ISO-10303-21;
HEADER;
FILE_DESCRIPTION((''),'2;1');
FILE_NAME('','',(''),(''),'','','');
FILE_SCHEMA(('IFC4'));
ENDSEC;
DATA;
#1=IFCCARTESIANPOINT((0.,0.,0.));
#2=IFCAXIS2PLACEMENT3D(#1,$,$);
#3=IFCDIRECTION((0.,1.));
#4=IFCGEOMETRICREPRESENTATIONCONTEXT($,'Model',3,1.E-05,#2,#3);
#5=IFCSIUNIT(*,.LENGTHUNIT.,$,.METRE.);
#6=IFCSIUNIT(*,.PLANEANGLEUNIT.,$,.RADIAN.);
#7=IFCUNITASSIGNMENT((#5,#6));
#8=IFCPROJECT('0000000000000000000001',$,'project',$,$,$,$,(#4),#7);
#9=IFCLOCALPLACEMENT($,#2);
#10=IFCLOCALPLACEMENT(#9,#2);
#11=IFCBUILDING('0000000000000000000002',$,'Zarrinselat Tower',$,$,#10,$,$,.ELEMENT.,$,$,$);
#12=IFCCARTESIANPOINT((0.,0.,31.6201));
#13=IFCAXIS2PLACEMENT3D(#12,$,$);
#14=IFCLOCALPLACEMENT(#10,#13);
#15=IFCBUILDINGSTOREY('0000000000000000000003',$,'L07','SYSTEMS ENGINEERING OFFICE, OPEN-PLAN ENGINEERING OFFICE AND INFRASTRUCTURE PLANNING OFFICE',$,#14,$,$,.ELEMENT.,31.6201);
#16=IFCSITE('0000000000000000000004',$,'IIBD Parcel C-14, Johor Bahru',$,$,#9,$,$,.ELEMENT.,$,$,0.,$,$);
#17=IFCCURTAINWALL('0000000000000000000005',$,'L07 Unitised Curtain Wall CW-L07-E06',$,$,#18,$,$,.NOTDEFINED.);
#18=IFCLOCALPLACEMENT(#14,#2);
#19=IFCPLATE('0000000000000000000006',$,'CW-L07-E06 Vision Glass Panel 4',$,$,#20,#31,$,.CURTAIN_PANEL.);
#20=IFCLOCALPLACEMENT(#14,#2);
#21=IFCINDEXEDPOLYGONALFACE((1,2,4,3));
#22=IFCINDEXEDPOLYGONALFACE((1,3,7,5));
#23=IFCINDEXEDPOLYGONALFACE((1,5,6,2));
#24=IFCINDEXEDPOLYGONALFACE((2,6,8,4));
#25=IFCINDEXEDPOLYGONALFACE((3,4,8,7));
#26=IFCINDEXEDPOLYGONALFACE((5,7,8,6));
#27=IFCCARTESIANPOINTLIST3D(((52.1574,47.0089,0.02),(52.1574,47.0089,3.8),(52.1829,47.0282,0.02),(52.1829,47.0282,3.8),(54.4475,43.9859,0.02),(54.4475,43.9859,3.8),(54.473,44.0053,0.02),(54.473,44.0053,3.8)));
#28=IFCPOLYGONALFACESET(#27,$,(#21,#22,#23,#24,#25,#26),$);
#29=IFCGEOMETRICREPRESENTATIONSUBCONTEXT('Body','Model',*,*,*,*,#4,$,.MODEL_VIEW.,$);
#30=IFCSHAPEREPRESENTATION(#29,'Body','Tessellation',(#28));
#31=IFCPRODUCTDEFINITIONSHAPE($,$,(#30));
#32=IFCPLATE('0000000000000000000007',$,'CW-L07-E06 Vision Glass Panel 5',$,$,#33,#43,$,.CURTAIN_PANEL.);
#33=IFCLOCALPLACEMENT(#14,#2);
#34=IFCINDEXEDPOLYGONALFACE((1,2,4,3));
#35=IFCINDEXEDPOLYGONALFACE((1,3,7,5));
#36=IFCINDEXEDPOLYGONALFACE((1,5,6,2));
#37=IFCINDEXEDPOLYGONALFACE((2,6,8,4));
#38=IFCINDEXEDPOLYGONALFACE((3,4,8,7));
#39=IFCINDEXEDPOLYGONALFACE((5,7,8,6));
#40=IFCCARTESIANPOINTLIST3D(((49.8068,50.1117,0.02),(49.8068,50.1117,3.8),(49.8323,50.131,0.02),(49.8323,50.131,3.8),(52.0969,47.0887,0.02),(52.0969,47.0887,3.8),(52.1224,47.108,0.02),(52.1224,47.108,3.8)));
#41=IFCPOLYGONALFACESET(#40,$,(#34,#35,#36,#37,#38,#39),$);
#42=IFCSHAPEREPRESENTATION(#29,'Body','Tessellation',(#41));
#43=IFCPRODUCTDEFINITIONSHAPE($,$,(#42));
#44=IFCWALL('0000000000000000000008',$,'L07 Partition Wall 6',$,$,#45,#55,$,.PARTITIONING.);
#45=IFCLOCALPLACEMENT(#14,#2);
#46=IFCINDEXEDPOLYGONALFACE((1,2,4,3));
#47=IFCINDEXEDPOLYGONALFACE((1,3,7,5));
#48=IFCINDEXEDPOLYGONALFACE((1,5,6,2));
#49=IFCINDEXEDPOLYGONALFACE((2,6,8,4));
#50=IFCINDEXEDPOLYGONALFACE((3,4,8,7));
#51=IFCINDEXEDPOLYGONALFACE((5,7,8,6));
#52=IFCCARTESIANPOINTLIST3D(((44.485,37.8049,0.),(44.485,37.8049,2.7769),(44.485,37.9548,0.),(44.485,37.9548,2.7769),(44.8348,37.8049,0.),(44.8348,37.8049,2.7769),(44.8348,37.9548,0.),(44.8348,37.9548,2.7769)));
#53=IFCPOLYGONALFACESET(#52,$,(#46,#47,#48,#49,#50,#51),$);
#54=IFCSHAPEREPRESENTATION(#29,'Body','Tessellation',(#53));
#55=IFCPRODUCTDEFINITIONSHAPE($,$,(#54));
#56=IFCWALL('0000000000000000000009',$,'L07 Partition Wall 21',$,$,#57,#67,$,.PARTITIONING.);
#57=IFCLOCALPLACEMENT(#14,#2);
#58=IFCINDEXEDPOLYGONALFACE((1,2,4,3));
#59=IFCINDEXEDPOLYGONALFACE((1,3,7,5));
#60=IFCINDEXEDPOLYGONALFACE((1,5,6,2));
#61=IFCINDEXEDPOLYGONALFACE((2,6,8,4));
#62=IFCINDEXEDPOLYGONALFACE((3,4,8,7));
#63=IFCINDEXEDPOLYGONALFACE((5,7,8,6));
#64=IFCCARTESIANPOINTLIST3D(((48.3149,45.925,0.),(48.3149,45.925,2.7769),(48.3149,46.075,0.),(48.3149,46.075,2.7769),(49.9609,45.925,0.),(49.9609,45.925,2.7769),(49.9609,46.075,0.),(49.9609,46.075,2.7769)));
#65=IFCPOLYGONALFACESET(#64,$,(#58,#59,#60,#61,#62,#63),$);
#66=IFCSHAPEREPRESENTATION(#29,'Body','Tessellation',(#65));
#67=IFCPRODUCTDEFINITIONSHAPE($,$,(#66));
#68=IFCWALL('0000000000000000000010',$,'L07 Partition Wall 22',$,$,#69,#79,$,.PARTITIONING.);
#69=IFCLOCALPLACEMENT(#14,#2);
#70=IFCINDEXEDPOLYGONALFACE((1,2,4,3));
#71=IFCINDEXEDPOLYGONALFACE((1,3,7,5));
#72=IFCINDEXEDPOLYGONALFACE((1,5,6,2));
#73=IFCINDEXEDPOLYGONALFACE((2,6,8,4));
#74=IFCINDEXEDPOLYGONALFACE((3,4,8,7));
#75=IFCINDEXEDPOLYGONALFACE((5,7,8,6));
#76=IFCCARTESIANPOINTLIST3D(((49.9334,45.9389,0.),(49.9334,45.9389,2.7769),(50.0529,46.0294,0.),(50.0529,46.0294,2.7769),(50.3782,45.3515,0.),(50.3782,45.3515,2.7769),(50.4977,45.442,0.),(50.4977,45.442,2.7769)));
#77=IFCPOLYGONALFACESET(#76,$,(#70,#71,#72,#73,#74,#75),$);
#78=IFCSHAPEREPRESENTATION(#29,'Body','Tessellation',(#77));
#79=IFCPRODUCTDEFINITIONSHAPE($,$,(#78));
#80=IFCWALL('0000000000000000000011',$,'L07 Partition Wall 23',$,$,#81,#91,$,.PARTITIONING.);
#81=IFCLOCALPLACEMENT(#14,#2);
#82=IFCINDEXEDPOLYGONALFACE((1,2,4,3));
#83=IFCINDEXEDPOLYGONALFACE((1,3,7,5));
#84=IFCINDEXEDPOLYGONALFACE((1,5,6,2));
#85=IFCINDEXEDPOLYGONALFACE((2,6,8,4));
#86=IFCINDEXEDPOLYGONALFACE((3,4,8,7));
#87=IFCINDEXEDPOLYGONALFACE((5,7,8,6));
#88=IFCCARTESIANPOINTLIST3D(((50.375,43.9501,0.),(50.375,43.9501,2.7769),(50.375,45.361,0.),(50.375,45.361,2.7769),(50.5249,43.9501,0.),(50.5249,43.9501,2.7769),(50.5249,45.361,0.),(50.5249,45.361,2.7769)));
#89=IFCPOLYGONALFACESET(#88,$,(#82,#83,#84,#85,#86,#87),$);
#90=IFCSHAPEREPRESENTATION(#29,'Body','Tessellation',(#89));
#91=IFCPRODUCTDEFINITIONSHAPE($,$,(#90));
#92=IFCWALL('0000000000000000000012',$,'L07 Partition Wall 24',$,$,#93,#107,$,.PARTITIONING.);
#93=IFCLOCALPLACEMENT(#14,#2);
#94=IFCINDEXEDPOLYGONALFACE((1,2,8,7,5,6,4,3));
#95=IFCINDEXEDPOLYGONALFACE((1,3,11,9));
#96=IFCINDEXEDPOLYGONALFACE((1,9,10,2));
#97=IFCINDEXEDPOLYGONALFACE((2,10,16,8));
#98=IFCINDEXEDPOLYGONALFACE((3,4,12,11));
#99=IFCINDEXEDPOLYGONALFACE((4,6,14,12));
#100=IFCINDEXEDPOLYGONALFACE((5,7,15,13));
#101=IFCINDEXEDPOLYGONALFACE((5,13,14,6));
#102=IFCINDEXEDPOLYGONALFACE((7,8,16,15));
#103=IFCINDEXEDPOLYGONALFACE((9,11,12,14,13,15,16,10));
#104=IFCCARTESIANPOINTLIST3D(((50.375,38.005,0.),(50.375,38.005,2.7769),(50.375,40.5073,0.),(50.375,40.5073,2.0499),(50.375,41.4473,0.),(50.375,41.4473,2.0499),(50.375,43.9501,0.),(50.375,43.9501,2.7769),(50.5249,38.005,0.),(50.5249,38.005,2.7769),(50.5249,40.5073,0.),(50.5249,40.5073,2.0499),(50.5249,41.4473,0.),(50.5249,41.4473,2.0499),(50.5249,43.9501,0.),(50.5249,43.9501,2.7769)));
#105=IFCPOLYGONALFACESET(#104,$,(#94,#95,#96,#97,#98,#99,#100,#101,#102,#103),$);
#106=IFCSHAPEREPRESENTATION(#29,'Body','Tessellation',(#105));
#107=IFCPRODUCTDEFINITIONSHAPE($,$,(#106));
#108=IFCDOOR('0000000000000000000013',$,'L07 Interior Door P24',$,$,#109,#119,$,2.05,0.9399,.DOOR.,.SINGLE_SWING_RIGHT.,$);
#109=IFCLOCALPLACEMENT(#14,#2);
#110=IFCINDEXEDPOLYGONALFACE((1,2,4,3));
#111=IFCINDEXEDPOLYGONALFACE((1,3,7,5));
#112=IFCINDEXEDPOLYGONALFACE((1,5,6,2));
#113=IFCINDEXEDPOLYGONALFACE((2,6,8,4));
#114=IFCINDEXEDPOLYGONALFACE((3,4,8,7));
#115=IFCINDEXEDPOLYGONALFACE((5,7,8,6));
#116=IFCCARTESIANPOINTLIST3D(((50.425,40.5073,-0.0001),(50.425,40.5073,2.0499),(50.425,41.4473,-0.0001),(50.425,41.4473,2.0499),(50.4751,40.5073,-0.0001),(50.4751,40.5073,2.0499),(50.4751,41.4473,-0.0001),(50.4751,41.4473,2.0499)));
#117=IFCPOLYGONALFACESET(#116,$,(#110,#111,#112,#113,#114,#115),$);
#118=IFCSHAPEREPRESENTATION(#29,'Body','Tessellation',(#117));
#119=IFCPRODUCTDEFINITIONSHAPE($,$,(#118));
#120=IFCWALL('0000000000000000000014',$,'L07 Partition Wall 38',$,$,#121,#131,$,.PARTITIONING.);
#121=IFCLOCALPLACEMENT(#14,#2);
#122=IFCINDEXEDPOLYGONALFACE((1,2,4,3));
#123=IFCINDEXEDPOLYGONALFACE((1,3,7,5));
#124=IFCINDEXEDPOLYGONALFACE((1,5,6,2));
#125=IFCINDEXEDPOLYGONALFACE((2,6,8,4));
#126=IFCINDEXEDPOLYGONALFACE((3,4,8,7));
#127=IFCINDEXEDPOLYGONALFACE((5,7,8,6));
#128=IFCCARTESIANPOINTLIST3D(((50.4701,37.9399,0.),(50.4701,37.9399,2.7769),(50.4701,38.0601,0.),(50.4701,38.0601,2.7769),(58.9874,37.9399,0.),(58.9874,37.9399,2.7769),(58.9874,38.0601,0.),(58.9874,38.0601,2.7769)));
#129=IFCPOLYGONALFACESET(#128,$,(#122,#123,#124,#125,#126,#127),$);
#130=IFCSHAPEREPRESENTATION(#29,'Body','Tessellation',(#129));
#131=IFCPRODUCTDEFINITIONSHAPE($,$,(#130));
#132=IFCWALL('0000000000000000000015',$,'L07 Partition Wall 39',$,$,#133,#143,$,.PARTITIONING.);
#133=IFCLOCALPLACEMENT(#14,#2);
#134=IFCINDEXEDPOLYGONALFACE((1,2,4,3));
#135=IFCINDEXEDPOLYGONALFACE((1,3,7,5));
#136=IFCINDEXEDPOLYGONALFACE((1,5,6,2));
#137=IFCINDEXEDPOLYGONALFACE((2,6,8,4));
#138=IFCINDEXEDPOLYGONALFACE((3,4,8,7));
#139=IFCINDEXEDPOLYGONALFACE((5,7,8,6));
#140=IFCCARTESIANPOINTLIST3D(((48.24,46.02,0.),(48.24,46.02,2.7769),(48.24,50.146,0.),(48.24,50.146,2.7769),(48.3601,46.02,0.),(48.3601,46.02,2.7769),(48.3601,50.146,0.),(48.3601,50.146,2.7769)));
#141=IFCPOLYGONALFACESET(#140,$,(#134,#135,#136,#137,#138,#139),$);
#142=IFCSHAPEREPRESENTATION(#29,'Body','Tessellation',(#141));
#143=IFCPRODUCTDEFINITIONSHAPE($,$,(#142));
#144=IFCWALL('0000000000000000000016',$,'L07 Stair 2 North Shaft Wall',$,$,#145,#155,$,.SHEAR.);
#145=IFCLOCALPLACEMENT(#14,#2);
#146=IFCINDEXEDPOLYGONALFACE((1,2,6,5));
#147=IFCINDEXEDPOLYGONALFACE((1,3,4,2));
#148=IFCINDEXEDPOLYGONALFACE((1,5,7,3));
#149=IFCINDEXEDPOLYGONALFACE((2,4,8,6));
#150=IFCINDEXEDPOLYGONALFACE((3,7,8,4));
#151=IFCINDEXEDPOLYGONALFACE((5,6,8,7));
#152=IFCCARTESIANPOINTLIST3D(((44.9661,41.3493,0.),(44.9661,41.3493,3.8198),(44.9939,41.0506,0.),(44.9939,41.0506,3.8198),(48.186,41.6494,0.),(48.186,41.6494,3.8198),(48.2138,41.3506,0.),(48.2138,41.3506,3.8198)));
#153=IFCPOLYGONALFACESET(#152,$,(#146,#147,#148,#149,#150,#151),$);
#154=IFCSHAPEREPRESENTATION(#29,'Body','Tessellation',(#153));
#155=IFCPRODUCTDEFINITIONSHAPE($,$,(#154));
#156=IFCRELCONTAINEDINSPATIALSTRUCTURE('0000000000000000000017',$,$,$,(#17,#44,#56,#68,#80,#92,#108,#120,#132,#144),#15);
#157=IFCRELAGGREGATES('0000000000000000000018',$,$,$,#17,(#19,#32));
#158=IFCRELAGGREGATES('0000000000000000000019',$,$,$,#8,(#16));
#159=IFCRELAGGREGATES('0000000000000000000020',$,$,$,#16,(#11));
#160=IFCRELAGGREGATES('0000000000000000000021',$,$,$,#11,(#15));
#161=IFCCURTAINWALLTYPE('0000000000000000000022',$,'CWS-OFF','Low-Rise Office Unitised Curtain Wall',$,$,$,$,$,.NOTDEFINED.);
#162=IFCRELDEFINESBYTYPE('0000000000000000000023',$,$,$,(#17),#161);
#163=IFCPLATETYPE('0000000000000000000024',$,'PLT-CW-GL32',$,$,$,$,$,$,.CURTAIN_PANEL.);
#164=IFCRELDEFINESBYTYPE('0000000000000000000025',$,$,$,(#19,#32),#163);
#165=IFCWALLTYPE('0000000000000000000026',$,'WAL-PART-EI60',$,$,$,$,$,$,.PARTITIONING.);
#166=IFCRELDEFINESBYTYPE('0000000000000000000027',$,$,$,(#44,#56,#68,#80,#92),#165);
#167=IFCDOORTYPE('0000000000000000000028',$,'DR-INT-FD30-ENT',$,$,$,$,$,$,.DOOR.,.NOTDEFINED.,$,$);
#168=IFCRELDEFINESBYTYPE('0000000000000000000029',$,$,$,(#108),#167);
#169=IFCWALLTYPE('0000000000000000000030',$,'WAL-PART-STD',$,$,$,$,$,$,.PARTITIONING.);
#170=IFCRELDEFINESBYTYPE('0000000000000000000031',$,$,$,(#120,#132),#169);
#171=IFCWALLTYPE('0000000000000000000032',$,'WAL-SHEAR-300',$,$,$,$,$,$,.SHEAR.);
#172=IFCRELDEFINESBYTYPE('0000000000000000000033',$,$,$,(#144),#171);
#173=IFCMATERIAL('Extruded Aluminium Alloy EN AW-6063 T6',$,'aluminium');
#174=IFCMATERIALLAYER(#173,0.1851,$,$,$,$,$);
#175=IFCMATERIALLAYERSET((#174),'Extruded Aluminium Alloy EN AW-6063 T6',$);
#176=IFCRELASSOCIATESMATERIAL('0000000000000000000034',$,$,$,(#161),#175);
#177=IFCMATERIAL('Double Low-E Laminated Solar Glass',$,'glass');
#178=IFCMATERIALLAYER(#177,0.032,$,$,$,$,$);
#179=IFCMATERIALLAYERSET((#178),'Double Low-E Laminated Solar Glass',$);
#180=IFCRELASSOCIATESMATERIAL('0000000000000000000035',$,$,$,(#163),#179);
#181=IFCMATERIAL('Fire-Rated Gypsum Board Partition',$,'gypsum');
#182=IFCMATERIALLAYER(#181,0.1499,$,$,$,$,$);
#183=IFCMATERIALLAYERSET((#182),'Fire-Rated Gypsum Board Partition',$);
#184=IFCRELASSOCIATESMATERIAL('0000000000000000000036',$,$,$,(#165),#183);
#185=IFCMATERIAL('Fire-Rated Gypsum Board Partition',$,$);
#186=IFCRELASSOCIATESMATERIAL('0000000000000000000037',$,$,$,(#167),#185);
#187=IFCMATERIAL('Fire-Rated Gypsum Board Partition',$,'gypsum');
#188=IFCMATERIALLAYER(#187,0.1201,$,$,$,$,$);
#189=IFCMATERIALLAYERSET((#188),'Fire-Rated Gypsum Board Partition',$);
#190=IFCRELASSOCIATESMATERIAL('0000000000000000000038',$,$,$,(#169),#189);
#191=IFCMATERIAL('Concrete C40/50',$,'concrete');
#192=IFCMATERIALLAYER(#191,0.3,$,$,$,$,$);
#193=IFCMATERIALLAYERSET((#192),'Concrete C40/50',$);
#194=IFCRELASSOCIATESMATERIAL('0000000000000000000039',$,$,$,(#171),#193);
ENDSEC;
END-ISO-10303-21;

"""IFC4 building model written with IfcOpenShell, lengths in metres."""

from ifc_helpers import new_model, si_unit, direction, frame, frame_2d, origin, origin_2d, place, context, subcontext, project, spatial, rectangle, extrude, material, layer, layer_set, type_object, element, fill, aggregate, save


model = new_model("IFC4")

# Units and contexts
model_context = context("Model", 3, precision=1e-05, world=origin(), true_north=direction((0.0, 1.0)))
body_context = subcontext(model_context, "Body", "Model", "MODEL_VIEW")
ifc_project = project(units=[si_unit("LENGTHUNIT", "METRE"), si_unit("PLANEANGLEUNIT", "RADIAN")], contexts=[model_context])

# Site, building, storey
site_placement = place(None, origin())
site = spatial("IfcSite", under=ifc_project, at=site_placement, Name="IIBD Parcel C-14, Johor Bahru", CompositionType="ELEMENT", RefElevation=0.0)
building_placement = place(site_placement, origin())
building = spatial("IfcBuilding", under=site, at=building_placement, Name="Zarrinselat Tower", CompositionType="ELEMENT")
storey_placement = place(building_placement, frame((0.0, 0.0, 31.6201)))
storey = spatial("IfcBuildingStorey", under=building, at=storey_placement, Name="L07", Description="SYSTEMS ENGINEERING OFFICE, OPEN-PLAN ENGINEERING OFFICE AND INFRASTRUCTURE PLANNING OFFICE", CompositionType="ELEMENT", Elevation=31.6201)

# Curtain wall
ifc_material_1 = material(Name="Extruded Aluminium Alloy EN AW-6063 T6", Category="aluminium")
ifc_layer_1 = layer(ifc_material_1, 0.1851)
ifc_layer_set_1 = layer_set([ifc_layer_1], Name="Extruded Aluminium Alloy EN AW-6063 T6")
curtain_wall_type = type_object("IfcCurtainWallType", Name="CWS-OFF", Description="Low-Rise Office Unitised Curtain Wall", PredefinedType="NOTDEFINED", material=ifc_layer_set_1)
curtain_wall_1_placement = place(storey_placement, origin())
curtain_wall_1 = element("IfcCurtainWall", 1, at=curtain_wall_1_placement, inside=storey, type_object=curtain_wall_type, Name="L07 Unitised Curtain Wall CW-L07-E06", PredefinedType="NOTDEFINED")

# Plates
ifc_material_2 = material(Name="Double Low-E Laminated Solar Glass", Category="glass")
ifc_layer_2 = layer(ifc_material_2, 0.032)
ifc_layer_set_2 = layer_set([ifc_layer_2], Name="Double Low-E Laminated Solar Glass")
plate_type = type_object("IfcPlateType", Name="PLT-CW-GL32", PredefinedType="CURTAIN_PANEL", material=ifc_layer_set_2)
plate_1_placement = place(storey_placement, frame((53.3152, 45.5071, 0.02), z_axis=(0.0, 0.0, 1.0), x_axis=(-0.603859, 0.797091, 0.0)))
plate_1 = element("IfcPlate", 2, at=plate_1_placement, type_object=plate_type, Name="CW-L07-E06 Vision Glass Panel 4", PredefinedType="CURTAIN_PANEL", context=body_context, shape_type="SweptSolid", body=[
    extrude(rectangle(XDim=3.7925, YDim=0.032, at=origin_2d()), origin(), (0.0, 0.0, 1.0), 3.78),
])
plate_2_placement = place(storey_placement, frame((50.9646, 48.6099, 0.02), z_axis=(0.0, 0.0, 1.0), x_axis=(-0.603859, 0.797091, 0.0)))
plate_2 = element("IfcPlate", 3, at=plate_2_placement, type_object=plate_type, Name="CW-L07-E06 Vision Glass Panel 5", PredefinedType="CURTAIN_PANEL", context=body_context, shape_type="SweptSolid", body=[
    extrude(rectangle(XDim=3.7925, YDim=0.032, at=origin_2d()), origin(), (0.0, 0.0, 1.0), 3.78),
])
aggregate(curtain_wall_1, [plate_1, plate_2])

# Walls
ifc_material_3 = material(Name="Fire-Rated Gypsum Board Partition", Category="gypsum")
ifc_layer_3 = layer(ifc_material_3, 0.1499)
ifc_layer_set_3 = layer_set([ifc_layer_3], Name="Fire-Rated Gypsum Board Partition")
wall_type_1 = type_object("IfcWallType", Name="WAL-PART-EI60", PredefinedType="PARTITIONING", material=ifc_layer_set_3)
wall_1_placement = place(storey_placement, frame((44.4851, 37.8799, 0.0), z_axis=(0.0, 0.0, 1.0), x_axis=(1.0, 0.0, 0.0)))
element("IfcWall", 4, at=wall_1_placement, inside=storey, type_object=wall_type_1, Name="L07 Partition Wall 6", PredefinedType="PARTITIONING", context=body_context, shape_type="SweptSolid", body=[
    extrude(rectangle(XDim=0.3499, YDim=0.1499, at=frame_2d((0.1748, 0.0))), origin(), (0.0, 0.0, 1.0), 2.7769),
])
wall_2_placement = place(storey_placement, frame((48.3149, 46.0, 0.0), z_axis=(0.0, 0.0, 1.0), x_axis=(1.0, 0.0, 0.0)))
element("IfcWall", 5, at=wall_2_placement, inside=storey, type_object=wall_type_1, Name="L07 Partition Wall 21", PredefinedType="PARTITIONING", context=body_context, shape_type="SweptSolid", body=[
    extrude(rectangle(XDim=1.646, YDim=0.1499, at=frame_2d((0.823, 0.0))), origin(), (0.0, 0.0, 1.0), 2.7769),
])
wall_3_placement = place(storey_placement, frame((49.9932, 45.9841, 0.0), z_axis=(0.0, 0.0, 1.0), x_axis=(0.603705, -0.797208, 0.0)))
element("IfcWall", 6, at=wall_3_placement, inside=storey, type_object=wall_type_1, Name="L07 Partition Wall 22", PredefinedType="PARTITIONING", context=body_context, shape_type="SweptSolid", body=[
    extrude(rectangle(XDim=0.7368, YDim=0.1499, at=frame_2d((0.3684, 0.0))), origin(), (0.0, 0.0, 1.0), 2.7769),
])
wall_4_placement = place(storey_placement, frame((50.45, 43.95, 0.0), z_axis=(0.0, 0.0, 1.0), x_axis=(0.0, 1.0, 0.0)))
element("IfcWall", 7, at=wall_4_placement, inside=storey, type_object=wall_type_1, Name="L07 Partition Wall 23", PredefinedType="PARTITIONING", context=body_context, shape_type="SweptSolid", body=[
    extrude(rectangle(XDim=1.4109, YDim=0.1499, at=frame_2d((0.7056, 0.0))), origin(), (0.0, 0.0, 1.0), 2.7769),
])

# Wall, opening, door
wall_5_placement = place(storey_placement, frame((50.45, 38.0049, 0.0), z_axis=(0.0, 0.0, 1.0), x_axis=(0.0, 1.0, 0.0)))
wall_5 = element("IfcWall", 8, at=wall_5_placement, inside=storey, type_object=wall_type_1, Name="L07 Partition Wall 24", PredefinedType="PARTITIONING", context=body_context, shape_type="SweptSolid", body=[
    extrude(rectangle(XDim=5.9451, YDim=0.1499, at=frame_2d((2.9727, 0.0))), origin(), (0.0, 0.0, 1.0), 2.7769),
])
opening_placement = place(wall_5_placement, frame((2.5024, 0.0, 0.0)))
opening = element("IfcOpeningElement", 9, at=opening_placement, cuts=wall_5, PredefinedType="OPENING", context=body_context, shape_type="SweptSolid", body=[
    extrude(rectangle(XDim=0.9399, YDim=2.05, at=frame_2d((0.47, 1.0249))), frame((0.0, 0.085, 0.0), z_axis=(0.0, -1.0, 0.0), x_axis=(1.0, 0.0, 0.0)), (0.0, 0.0, 1.0), 0.1699),
])
ifc_material_4 = material(Name="Fire-Rated Gypsum Board Partition")
door_type = type_object("IfcDoorType", Name="DR-INT-FD30-ENT", OperationType="NOTDEFINED", PredefinedType="DOOR", material=ifc_material_4)
door_placement = place(opening_placement, origin())
door = element("IfcDoor", 10, at=door_placement, inside=storey, type_object=door_type, Name="L07 Interior Door P24", OperationType="SINGLE_SWING_RIGHT", OverallHeight=2.05, OverallWidth=0.9399, PredefinedType="DOOR", context=body_context, shape_type="SweptSolid", body=[
    extrude(rectangle(XDim=0.9399, YDim=2.05, at=frame_2d((0.47, 1.0249))), frame((0.0, 0.0249, 0.0), z_axis=(0.0, -1.0, 0.0), x_axis=(1.0, 0.0, 0.0)), (0.0, 0.0, 1.0), 0.05),
])
fill(opening, door)

# Walls
ifc_material_5 = material(Name="Fire-Rated Gypsum Board Partition", Category="gypsum")
ifc_layer_4 = layer(ifc_material_5, 0.1201)
ifc_layer_set_4 = layer_set([ifc_layer_4], Name="Fire-Rated Gypsum Board Partition")
wall_type_2 = type_object("IfcWallType", Name="WAL-PART-STD", PredefinedType="PARTITIONING", material=ifc_layer_set_4)
wall_6_placement = place(storey_placement, frame((50.47, 38.0, 0.0), z_axis=(0.0, 0.0, 1.0), x_axis=(1.0, 0.0, 0.0)))
element("IfcWall", 11, at=wall_6_placement, inside=storey, type_object=wall_type_2, Name="L07 Partition Wall 38", PredefinedType="PARTITIONING", context=body_context, shape_type="SweptSolid", body=[
    extrude(rectangle(XDim=8.5173, YDim=0.1201, at=frame_2d((4.2588, 0.0))), origin(), (0.0, 0.0, 1.0), 2.7769),
])
wall_7_placement = place(storey_placement, frame((48.3, 46.02, 0.0), z_axis=(0.0, 0.0, 1.0), x_axis=(0.0, 1.0, 0.0)))
element("IfcWall", 12, at=wall_7_placement, inside=storey, type_object=wall_type_2, Name="L07 Partition Wall 39", PredefinedType="PARTITIONING", context=body_context, shape_type="SweptSolid", body=[
    extrude(rectangle(XDim=4.126, YDim=0.1201, at=frame_2d((2.063, 0.0))), origin(), (0.0, 0.0, 1.0), 2.7769),
])
ifc_material_6 = material(Name="Concrete C40/50", Category="concrete")
ifc_layer_5 = layer(ifc_material_6, 0.3)
ifc_layer_set_5 = layer_set([ifc_layer_5], Name="Concrete C40/50")
wall_type_3 = type_object("IfcWallType", Name="WAL-SHEAR-300", PredefinedType="SHEAR", material=ifc_layer_set_5)
wall_8_placement = place(storey_placement, frame((44.98, 41.2, 0.0), z_axis=(0.0, 0.0, 1.0), x_axis=(0.995686, 0.092782, 0.0)))
element("IfcWall", 13, at=wall_8_placement, inside=storey, type_object=wall_type_3, Name="L07 Stair 2 North Shaft Wall", PredefinedType="SHEAR", context=body_context, shape_type="SweptSolid", body=[
    extrude(rectangle(XDim=3.2339, YDim=0.3, at=frame_2d((1.6169, 0.0))), origin(), (0.0, 0.0, 1.0), 3.8198),
])

save(model, "model.ifc")
